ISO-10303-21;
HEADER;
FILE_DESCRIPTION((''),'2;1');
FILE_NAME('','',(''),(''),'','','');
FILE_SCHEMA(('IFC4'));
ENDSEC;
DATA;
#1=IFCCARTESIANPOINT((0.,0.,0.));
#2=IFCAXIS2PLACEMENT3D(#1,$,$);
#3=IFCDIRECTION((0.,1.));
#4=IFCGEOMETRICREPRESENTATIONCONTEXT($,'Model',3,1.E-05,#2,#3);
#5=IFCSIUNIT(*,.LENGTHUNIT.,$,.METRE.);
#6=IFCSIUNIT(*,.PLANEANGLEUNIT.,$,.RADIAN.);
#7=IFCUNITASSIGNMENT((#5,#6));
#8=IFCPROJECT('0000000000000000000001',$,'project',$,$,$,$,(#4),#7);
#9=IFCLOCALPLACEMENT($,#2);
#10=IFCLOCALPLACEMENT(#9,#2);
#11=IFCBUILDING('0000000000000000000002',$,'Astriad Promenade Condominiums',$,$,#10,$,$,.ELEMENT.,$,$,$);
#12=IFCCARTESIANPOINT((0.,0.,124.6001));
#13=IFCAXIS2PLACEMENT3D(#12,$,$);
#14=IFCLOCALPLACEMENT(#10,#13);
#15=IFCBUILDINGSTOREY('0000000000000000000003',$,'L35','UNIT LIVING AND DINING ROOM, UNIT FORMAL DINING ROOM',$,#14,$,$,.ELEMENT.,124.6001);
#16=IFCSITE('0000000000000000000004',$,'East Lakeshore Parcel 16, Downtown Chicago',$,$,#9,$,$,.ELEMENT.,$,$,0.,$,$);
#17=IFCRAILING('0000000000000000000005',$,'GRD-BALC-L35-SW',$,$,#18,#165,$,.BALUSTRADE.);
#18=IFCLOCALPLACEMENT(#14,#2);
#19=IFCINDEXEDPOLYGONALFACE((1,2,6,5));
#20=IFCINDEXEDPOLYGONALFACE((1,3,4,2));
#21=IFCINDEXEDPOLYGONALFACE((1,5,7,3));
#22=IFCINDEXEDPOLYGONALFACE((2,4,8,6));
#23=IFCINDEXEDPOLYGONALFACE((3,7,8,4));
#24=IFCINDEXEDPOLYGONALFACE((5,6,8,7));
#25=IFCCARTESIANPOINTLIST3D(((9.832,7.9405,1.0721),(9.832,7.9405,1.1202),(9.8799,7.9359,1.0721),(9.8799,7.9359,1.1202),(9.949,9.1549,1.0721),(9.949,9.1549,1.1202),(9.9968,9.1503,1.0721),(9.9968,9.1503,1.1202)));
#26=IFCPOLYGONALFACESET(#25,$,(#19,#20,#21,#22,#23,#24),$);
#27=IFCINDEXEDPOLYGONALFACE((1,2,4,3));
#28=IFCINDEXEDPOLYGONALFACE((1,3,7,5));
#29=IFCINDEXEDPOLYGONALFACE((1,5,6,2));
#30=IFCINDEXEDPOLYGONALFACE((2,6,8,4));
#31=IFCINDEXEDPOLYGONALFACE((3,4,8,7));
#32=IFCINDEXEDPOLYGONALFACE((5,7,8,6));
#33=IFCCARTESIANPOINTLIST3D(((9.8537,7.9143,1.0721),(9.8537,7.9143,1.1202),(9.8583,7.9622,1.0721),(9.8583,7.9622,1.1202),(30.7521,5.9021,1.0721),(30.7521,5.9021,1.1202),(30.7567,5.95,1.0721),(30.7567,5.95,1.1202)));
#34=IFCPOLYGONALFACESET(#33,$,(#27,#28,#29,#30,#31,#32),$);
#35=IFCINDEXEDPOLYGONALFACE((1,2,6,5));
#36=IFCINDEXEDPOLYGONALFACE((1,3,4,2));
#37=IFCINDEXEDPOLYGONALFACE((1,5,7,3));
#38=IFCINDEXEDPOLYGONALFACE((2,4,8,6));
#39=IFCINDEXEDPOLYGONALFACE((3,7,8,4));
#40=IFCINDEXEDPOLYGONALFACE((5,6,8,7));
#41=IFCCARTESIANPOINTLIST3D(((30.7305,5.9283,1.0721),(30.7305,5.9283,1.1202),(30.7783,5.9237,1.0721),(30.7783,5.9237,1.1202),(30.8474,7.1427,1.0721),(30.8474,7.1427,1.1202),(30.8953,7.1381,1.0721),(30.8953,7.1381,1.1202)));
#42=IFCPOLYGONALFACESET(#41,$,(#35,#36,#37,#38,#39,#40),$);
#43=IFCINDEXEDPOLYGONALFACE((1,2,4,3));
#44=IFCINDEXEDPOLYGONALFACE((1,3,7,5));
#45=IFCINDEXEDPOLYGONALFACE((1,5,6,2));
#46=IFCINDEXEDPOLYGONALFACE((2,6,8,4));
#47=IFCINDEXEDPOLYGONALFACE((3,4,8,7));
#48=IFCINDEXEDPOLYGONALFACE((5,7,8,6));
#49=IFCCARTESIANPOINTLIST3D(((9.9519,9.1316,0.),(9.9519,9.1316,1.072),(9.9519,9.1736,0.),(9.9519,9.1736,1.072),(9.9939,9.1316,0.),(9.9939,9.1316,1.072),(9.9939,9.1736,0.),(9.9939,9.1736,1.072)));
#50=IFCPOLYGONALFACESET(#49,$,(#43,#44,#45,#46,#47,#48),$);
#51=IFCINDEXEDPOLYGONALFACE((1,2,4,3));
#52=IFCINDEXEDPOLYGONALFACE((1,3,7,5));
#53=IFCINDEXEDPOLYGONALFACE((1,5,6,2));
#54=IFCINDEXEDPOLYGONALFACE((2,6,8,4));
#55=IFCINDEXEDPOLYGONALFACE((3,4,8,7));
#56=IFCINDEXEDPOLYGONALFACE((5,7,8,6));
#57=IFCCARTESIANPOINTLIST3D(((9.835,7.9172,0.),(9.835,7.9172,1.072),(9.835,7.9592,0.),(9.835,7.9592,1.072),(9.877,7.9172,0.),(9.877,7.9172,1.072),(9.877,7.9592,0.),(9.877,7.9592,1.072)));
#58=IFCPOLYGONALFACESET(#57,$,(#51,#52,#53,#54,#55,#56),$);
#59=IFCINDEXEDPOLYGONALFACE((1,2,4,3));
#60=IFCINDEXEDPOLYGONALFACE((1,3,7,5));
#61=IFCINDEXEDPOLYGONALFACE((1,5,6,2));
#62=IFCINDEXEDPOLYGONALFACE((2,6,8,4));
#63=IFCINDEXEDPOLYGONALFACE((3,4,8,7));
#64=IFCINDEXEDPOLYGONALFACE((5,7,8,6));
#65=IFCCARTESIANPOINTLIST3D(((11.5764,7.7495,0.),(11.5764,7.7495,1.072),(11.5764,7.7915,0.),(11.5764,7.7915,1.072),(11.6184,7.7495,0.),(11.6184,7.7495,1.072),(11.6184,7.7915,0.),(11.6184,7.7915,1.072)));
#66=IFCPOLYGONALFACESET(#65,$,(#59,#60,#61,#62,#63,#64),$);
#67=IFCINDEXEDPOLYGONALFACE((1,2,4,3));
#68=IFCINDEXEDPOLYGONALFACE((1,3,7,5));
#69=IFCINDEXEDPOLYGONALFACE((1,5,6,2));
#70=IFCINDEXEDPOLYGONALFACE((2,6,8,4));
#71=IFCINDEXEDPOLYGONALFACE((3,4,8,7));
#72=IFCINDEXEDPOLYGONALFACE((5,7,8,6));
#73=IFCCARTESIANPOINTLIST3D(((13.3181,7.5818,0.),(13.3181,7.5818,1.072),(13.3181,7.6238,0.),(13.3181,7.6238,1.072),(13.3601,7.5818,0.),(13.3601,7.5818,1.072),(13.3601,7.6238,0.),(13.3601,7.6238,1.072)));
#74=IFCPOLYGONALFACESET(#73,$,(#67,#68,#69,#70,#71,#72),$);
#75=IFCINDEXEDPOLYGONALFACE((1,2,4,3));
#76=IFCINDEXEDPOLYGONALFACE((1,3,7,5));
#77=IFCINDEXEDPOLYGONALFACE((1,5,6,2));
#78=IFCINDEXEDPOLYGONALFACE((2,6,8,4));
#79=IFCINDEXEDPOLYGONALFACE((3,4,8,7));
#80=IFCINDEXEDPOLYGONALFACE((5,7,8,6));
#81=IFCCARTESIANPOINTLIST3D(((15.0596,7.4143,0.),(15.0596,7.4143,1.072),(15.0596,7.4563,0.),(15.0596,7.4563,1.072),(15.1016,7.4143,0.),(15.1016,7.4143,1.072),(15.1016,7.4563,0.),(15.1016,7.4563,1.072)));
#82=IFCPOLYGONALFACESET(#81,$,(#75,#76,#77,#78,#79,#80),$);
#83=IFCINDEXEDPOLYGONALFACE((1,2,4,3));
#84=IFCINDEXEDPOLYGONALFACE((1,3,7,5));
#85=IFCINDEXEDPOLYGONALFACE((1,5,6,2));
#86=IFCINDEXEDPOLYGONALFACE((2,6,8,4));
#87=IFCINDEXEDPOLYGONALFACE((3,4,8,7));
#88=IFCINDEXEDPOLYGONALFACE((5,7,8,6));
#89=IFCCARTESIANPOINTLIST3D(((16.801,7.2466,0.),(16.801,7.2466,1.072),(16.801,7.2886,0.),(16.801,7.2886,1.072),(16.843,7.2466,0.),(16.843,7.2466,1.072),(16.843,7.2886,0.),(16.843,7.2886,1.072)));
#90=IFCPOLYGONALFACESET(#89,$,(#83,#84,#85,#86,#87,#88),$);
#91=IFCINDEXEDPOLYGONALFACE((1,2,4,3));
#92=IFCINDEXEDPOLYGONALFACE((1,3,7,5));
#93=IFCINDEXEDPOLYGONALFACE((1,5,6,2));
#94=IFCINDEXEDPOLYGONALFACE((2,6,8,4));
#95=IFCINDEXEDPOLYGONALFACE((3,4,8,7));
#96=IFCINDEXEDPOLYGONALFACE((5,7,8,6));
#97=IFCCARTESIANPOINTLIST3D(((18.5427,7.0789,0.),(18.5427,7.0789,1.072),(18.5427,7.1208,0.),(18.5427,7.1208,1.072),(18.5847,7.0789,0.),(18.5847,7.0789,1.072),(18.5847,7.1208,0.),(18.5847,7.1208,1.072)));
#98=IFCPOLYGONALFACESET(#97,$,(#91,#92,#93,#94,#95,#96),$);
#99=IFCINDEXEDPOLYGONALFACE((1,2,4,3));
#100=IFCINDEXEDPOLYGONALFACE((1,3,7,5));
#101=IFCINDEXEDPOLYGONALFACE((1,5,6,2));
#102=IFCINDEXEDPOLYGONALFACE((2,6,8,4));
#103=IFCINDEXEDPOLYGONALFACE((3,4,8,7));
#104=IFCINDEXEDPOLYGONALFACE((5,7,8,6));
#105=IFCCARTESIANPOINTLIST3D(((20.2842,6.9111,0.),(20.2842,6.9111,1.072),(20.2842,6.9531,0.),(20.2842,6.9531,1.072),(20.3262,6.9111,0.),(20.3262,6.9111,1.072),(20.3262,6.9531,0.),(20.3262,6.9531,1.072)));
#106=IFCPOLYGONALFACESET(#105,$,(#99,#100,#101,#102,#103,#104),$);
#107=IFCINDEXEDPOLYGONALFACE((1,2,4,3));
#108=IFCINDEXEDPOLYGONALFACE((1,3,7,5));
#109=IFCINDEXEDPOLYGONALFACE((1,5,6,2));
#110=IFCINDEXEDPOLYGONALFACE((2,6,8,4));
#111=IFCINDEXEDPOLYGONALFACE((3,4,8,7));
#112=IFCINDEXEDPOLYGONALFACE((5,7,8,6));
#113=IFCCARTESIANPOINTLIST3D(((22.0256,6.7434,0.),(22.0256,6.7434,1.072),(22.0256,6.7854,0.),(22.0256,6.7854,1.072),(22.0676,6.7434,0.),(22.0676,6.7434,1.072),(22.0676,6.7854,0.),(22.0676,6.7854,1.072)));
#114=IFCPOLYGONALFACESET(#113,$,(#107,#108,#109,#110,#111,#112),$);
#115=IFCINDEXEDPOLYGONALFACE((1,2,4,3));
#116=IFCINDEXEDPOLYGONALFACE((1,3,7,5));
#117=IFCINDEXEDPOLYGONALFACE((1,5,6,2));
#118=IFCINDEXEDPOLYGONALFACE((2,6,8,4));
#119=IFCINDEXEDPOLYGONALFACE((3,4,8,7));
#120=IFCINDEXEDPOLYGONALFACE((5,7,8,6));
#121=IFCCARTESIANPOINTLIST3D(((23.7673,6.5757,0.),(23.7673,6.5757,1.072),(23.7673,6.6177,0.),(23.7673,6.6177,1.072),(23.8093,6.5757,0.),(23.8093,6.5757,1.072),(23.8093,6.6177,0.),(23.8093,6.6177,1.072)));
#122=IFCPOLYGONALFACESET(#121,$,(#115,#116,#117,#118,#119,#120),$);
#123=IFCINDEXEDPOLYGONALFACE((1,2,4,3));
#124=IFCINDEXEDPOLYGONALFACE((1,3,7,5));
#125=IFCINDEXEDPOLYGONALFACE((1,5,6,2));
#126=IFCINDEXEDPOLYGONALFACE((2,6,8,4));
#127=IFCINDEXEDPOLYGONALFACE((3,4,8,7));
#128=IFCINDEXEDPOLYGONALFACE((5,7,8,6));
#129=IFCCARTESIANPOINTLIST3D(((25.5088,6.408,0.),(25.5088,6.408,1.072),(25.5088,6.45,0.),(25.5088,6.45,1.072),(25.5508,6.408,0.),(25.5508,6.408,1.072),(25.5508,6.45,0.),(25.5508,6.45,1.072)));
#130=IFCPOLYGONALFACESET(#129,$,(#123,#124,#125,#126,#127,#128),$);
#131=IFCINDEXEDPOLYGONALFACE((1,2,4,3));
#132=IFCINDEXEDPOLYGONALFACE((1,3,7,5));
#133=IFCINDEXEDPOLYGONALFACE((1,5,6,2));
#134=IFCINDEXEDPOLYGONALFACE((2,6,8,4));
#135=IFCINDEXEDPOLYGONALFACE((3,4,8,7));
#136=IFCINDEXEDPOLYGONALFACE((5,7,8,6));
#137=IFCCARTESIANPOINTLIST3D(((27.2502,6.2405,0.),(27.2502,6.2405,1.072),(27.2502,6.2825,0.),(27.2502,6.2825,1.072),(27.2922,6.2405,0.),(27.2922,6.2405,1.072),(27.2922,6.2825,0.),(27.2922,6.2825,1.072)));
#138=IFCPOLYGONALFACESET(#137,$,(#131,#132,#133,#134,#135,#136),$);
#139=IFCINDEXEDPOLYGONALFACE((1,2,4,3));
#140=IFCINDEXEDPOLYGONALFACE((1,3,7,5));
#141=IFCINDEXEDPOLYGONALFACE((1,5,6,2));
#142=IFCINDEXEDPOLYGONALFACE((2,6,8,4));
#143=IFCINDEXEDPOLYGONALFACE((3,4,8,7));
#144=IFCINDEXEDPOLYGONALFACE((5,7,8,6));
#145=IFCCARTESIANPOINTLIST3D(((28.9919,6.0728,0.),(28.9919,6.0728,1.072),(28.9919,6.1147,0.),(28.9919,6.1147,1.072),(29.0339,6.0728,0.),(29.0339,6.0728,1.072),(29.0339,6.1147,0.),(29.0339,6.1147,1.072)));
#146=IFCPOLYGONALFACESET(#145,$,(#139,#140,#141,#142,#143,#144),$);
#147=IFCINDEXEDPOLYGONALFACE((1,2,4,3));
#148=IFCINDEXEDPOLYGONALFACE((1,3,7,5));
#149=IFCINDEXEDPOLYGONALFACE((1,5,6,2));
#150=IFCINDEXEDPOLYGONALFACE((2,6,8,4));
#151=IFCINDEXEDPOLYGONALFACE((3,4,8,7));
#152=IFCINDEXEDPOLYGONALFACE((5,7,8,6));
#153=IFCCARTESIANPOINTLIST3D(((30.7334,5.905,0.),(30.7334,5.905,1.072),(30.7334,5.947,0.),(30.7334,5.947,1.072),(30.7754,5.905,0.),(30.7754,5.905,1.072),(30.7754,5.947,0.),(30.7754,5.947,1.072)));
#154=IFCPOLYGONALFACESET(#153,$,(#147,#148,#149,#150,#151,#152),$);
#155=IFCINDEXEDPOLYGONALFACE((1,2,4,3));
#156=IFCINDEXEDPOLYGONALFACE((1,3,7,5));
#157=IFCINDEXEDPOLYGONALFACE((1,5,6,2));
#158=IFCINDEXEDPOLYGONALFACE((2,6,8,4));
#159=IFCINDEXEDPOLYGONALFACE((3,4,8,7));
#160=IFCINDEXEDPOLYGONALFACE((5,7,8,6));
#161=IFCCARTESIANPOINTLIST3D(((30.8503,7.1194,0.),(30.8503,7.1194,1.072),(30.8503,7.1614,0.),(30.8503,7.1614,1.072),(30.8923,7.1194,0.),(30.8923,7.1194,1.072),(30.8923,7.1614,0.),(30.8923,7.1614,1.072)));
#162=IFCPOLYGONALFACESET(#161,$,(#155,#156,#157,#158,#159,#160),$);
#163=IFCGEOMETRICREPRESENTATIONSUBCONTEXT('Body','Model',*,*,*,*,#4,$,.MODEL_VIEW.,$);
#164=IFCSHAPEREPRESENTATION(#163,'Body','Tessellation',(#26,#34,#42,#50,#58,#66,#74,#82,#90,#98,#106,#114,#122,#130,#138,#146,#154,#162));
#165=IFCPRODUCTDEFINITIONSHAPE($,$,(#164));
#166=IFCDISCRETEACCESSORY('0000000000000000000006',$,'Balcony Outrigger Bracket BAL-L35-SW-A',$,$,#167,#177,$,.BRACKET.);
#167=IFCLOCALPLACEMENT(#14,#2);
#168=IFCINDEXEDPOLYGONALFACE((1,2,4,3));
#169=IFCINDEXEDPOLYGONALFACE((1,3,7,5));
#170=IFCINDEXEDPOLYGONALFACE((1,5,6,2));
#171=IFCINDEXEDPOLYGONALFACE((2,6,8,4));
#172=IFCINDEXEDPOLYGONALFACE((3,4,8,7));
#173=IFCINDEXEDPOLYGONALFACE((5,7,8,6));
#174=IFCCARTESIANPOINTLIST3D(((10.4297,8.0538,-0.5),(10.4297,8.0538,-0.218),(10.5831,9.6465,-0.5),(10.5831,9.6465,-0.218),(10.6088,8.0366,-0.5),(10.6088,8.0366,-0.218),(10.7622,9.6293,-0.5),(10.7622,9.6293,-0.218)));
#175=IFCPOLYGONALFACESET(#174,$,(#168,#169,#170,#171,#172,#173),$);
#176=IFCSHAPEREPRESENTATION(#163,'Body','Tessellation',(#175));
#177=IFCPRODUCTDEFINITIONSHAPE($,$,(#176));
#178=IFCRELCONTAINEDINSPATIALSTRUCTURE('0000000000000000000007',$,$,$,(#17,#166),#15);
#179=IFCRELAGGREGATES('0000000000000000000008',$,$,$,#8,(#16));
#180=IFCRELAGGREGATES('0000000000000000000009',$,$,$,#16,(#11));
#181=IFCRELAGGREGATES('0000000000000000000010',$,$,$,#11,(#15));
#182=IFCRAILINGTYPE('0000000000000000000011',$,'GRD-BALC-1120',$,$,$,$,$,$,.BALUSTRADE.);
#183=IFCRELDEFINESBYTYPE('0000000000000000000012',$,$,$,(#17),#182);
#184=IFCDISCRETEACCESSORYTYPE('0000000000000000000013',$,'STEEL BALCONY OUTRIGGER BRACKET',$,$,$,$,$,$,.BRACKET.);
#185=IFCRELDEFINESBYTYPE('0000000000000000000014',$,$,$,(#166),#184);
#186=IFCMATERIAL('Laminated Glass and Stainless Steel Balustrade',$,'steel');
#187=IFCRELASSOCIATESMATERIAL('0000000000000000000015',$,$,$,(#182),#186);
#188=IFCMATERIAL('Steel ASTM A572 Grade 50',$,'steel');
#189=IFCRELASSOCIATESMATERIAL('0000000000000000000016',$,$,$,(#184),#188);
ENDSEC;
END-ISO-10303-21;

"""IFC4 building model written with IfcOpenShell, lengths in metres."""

from ifc_helpers import new_model, si_unit, direction, frame, origin, origin_2d, place, context, subcontext, project, spatial, rectangle, extrude, source, transform, mapped, material, type_object, type_shapes, element, save


model = new_model("IFC4")

# Units and contexts
model_context = context("Model", 3, precision=1e-05, world=origin(), true_north=direction((0.0, 1.0)))
body_context = subcontext(model_context, "Body", "Model", "MODEL_VIEW")
ifc_project = project(units=[si_unit("LENGTHUNIT", "METRE"), si_unit("PLANEANGLEUNIT", "RADIAN")], contexts=[model_context])

# Site, building, storey
site_placement = place(None, origin())
site = spatial("IfcSite", under=ifc_project, at=site_placement, Name="East Lakeshore Parcel 16, Downtown Chicago", CompositionType="ELEMENT", RefElevation=0.0)
building_placement = place(site_placement, origin())
building = spatial("IfcBuilding", under=site, at=building_placement, Name="Astriad Promenade Condominiums", CompositionType="ELEMENT")
storey_placement = place(building_placement, frame((0.0, 0.0, 124.6001)))
storey = spatial("IfcBuildingStorey", under=building, at=storey_placement, Name="L35", Description="UNIT LIVING AND DINING ROOM, UNIT FORMAL DINING ROOM", CompositionType="ELEMENT", Elevation=124.6001)

# Railing
ifc_material_1 = material(Name="Laminated Glass and Stainless Steel Balustrade", Category="steel")
railing_type = type_object("IfcRailingType", Name="GRD-BALC-1120", PredefinedType="BALUSTRADE", material=ifc_material_1)
shared_shape_1 = source(origin(), body_context, "Body", "SweptSolid", [
    extrude(rectangle(XDim=0.0481, YDim=0.0481, at=origin_2d()), frame((0.0, 0.0, 1.0962), z_axis=(-0.095857, -0.995395, 0.0), x_axis=(0.995395, -0.095857, 0.0)), (0.0, 0.0, 1.0), 1.22),
    extrude(rectangle(XDim=0.0481, YDim=0.0481, at=origin_2d()), frame((-0.1169, -1.2144, 1.0962), z_axis=(0.995397, -0.095842, 0.0), x_axis=(0.095842, 0.995397, 0.0)), (0.0, 0.0, 1.0), 20.9951),
    extrude(rectangle(XDim=0.0481, YDim=0.0481, at=origin_2d()), frame((20.7815, -3.2266, 1.0962), z_axis=(0.095857, 0.995395, 0.0), x_axis=(-0.995395, 0.095857, 0.0)), (0.0, 0.0, 1.0), 1.22),
    extrude(rectangle(XDim=0.042, YDim=0.042, at=origin_2d()), origin(), (0.0, 0.0, 1.0), 1.072),
    extrude(rectangle(XDim=0.042, YDim=0.042, at=origin_2d()), frame((-0.1169, -1.2144, 0.0)), (0.0, 0.0, 1.0), 1.072),
    extrude(rectangle(XDim=0.042, YDim=0.042, at=origin_2d()), frame((1.6245, -1.3821, 0.0)), (0.0, 0.0, 1.0), 1.072),
    extrude(rectangle(XDim=0.042, YDim=0.042, at=origin_2d()), frame((3.3662, -1.5498, 0.0)), (0.0, 0.0, 1.0), 1.072),
    extrude(rectangle(XDim=0.042, YDim=0.042, at=origin_2d()), frame((5.1077, -1.7173, 0.0)), (0.0, 0.0, 1.0), 1.072),
    extrude(rectangle(XDim=0.042, YDim=0.042, at=origin_2d()), frame((6.8491, -1.885, 0.0)), (0.0, 0.0, 1.0), 1.072),
    extrude(rectangle(XDim=0.042, YDim=0.042, at=origin_2d()), frame((8.5908, -2.0527, 0.0)), (0.0, 0.0, 1.0), 1.072),
    extrude(rectangle(XDim=0.042, YDim=0.042, at=origin_2d()), frame((10.3323, -2.2205, 0.0)), (0.0, 0.0, 1.0), 1.072),
    extrude(rectangle(XDim=0.042, YDim=0.042, at=origin_2d()), frame((12.0737, -2.3882, 0.0)), (0.0, 0.0, 1.0), 1.072),
    extrude(rectangle(XDim=0.042, YDim=0.042, at=origin_2d()), frame((13.8154, -2.5559, 0.0)), (0.0, 0.0, 1.0), 1.072),
    extrude(rectangle(XDim=0.042, YDim=0.042, at=origin_2d()), frame((15.5569, -2.7236, 0.0)), (0.0, 0.0, 1.0), 1.072),
    extrude(rectangle(XDim=0.042, YDim=0.042, at=origin_2d()), frame((17.2983, -2.8911, 0.0)), (0.0, 0.0, 1.0), 1.072),
    extrude(rectangle(XDim=0.042, YDim=0.042, at=origin_2d()), frame((19.04, -3.0588, 0.0)), (0.0, 0.0, 1.0), 1.072),
    extrude(rectangle(XDim=0.042, YDim=0.042, at=origin_2d()), frame((20.7815, -3.2266, 0.0)), (0.0, 0.0, 1.0), 1.072),
    extrude(rectangle(XDim=0.042, YDim=0.042, at=origin_2d()), frame((20.8984, -2.0122, 0.0)), (0.0, 0.0, 1.0), 1.072),
])
type_shapes(railing_type, [shared_shape_1])
railing_placement = place(storey_placement, frame((9.9729, 9.1526, 0.0)))
element("IfcRailing", 1, at=railing_placement, inside=storey, type_object=railing_type, Name="GRD-BALC-L35-SW", PredefinedType="BALUSTRADE", context=body_context, shape_type="MappedRepresentation", body=[
    mapped(shared_shape_1, transform((0.0, 0.0, 0.0), scale=1.0)),
])

# Discrete accessory
ifc_material_2 = material(Name="Steel ASTM A572 Grade 50", Category="steel")
discrete_accessory_type = type_object("IfcDiscreteAccessoryType", Name="STEEL BALCONY OUTRIGGER BRACKET", PredefinedType="BRACKET", material=ifc_material_2)
shared_shape_2 = source(origin(), body_context, "Body", "SweptSolid", [
    extrude(rectangle(XDim=1.6001, YDim=0.1799, at=origin_2d()), origin(), (0.0, 0.0, 1.0), 0.282),
])
type_shapes(discrete_accessory_type, [shared_shape_2])
discrete_accessory_placement = place(storey_placement, frame((10.5959, 8.8416, -0.5), z_axis=(0.0, 0.0, 1.0), x_axis=(-0.095846, -0.995396, 0.0)))
element("IfcDiscreteAccessory", 2, at=discrete_accessory_placement, inside=storey, type_object=discrete_accessory_type, Name="Balcony Outrigger Bracket BAL-L35-SW-A", PredefinedType="BRACKET", context=body_context, shape_type="MappedRepresentation", body=[
    mapped(shared_shape_2, transform((0.0, 0.0, 0.0), scale=1.0)),
])

save(model, "model.ifc")
